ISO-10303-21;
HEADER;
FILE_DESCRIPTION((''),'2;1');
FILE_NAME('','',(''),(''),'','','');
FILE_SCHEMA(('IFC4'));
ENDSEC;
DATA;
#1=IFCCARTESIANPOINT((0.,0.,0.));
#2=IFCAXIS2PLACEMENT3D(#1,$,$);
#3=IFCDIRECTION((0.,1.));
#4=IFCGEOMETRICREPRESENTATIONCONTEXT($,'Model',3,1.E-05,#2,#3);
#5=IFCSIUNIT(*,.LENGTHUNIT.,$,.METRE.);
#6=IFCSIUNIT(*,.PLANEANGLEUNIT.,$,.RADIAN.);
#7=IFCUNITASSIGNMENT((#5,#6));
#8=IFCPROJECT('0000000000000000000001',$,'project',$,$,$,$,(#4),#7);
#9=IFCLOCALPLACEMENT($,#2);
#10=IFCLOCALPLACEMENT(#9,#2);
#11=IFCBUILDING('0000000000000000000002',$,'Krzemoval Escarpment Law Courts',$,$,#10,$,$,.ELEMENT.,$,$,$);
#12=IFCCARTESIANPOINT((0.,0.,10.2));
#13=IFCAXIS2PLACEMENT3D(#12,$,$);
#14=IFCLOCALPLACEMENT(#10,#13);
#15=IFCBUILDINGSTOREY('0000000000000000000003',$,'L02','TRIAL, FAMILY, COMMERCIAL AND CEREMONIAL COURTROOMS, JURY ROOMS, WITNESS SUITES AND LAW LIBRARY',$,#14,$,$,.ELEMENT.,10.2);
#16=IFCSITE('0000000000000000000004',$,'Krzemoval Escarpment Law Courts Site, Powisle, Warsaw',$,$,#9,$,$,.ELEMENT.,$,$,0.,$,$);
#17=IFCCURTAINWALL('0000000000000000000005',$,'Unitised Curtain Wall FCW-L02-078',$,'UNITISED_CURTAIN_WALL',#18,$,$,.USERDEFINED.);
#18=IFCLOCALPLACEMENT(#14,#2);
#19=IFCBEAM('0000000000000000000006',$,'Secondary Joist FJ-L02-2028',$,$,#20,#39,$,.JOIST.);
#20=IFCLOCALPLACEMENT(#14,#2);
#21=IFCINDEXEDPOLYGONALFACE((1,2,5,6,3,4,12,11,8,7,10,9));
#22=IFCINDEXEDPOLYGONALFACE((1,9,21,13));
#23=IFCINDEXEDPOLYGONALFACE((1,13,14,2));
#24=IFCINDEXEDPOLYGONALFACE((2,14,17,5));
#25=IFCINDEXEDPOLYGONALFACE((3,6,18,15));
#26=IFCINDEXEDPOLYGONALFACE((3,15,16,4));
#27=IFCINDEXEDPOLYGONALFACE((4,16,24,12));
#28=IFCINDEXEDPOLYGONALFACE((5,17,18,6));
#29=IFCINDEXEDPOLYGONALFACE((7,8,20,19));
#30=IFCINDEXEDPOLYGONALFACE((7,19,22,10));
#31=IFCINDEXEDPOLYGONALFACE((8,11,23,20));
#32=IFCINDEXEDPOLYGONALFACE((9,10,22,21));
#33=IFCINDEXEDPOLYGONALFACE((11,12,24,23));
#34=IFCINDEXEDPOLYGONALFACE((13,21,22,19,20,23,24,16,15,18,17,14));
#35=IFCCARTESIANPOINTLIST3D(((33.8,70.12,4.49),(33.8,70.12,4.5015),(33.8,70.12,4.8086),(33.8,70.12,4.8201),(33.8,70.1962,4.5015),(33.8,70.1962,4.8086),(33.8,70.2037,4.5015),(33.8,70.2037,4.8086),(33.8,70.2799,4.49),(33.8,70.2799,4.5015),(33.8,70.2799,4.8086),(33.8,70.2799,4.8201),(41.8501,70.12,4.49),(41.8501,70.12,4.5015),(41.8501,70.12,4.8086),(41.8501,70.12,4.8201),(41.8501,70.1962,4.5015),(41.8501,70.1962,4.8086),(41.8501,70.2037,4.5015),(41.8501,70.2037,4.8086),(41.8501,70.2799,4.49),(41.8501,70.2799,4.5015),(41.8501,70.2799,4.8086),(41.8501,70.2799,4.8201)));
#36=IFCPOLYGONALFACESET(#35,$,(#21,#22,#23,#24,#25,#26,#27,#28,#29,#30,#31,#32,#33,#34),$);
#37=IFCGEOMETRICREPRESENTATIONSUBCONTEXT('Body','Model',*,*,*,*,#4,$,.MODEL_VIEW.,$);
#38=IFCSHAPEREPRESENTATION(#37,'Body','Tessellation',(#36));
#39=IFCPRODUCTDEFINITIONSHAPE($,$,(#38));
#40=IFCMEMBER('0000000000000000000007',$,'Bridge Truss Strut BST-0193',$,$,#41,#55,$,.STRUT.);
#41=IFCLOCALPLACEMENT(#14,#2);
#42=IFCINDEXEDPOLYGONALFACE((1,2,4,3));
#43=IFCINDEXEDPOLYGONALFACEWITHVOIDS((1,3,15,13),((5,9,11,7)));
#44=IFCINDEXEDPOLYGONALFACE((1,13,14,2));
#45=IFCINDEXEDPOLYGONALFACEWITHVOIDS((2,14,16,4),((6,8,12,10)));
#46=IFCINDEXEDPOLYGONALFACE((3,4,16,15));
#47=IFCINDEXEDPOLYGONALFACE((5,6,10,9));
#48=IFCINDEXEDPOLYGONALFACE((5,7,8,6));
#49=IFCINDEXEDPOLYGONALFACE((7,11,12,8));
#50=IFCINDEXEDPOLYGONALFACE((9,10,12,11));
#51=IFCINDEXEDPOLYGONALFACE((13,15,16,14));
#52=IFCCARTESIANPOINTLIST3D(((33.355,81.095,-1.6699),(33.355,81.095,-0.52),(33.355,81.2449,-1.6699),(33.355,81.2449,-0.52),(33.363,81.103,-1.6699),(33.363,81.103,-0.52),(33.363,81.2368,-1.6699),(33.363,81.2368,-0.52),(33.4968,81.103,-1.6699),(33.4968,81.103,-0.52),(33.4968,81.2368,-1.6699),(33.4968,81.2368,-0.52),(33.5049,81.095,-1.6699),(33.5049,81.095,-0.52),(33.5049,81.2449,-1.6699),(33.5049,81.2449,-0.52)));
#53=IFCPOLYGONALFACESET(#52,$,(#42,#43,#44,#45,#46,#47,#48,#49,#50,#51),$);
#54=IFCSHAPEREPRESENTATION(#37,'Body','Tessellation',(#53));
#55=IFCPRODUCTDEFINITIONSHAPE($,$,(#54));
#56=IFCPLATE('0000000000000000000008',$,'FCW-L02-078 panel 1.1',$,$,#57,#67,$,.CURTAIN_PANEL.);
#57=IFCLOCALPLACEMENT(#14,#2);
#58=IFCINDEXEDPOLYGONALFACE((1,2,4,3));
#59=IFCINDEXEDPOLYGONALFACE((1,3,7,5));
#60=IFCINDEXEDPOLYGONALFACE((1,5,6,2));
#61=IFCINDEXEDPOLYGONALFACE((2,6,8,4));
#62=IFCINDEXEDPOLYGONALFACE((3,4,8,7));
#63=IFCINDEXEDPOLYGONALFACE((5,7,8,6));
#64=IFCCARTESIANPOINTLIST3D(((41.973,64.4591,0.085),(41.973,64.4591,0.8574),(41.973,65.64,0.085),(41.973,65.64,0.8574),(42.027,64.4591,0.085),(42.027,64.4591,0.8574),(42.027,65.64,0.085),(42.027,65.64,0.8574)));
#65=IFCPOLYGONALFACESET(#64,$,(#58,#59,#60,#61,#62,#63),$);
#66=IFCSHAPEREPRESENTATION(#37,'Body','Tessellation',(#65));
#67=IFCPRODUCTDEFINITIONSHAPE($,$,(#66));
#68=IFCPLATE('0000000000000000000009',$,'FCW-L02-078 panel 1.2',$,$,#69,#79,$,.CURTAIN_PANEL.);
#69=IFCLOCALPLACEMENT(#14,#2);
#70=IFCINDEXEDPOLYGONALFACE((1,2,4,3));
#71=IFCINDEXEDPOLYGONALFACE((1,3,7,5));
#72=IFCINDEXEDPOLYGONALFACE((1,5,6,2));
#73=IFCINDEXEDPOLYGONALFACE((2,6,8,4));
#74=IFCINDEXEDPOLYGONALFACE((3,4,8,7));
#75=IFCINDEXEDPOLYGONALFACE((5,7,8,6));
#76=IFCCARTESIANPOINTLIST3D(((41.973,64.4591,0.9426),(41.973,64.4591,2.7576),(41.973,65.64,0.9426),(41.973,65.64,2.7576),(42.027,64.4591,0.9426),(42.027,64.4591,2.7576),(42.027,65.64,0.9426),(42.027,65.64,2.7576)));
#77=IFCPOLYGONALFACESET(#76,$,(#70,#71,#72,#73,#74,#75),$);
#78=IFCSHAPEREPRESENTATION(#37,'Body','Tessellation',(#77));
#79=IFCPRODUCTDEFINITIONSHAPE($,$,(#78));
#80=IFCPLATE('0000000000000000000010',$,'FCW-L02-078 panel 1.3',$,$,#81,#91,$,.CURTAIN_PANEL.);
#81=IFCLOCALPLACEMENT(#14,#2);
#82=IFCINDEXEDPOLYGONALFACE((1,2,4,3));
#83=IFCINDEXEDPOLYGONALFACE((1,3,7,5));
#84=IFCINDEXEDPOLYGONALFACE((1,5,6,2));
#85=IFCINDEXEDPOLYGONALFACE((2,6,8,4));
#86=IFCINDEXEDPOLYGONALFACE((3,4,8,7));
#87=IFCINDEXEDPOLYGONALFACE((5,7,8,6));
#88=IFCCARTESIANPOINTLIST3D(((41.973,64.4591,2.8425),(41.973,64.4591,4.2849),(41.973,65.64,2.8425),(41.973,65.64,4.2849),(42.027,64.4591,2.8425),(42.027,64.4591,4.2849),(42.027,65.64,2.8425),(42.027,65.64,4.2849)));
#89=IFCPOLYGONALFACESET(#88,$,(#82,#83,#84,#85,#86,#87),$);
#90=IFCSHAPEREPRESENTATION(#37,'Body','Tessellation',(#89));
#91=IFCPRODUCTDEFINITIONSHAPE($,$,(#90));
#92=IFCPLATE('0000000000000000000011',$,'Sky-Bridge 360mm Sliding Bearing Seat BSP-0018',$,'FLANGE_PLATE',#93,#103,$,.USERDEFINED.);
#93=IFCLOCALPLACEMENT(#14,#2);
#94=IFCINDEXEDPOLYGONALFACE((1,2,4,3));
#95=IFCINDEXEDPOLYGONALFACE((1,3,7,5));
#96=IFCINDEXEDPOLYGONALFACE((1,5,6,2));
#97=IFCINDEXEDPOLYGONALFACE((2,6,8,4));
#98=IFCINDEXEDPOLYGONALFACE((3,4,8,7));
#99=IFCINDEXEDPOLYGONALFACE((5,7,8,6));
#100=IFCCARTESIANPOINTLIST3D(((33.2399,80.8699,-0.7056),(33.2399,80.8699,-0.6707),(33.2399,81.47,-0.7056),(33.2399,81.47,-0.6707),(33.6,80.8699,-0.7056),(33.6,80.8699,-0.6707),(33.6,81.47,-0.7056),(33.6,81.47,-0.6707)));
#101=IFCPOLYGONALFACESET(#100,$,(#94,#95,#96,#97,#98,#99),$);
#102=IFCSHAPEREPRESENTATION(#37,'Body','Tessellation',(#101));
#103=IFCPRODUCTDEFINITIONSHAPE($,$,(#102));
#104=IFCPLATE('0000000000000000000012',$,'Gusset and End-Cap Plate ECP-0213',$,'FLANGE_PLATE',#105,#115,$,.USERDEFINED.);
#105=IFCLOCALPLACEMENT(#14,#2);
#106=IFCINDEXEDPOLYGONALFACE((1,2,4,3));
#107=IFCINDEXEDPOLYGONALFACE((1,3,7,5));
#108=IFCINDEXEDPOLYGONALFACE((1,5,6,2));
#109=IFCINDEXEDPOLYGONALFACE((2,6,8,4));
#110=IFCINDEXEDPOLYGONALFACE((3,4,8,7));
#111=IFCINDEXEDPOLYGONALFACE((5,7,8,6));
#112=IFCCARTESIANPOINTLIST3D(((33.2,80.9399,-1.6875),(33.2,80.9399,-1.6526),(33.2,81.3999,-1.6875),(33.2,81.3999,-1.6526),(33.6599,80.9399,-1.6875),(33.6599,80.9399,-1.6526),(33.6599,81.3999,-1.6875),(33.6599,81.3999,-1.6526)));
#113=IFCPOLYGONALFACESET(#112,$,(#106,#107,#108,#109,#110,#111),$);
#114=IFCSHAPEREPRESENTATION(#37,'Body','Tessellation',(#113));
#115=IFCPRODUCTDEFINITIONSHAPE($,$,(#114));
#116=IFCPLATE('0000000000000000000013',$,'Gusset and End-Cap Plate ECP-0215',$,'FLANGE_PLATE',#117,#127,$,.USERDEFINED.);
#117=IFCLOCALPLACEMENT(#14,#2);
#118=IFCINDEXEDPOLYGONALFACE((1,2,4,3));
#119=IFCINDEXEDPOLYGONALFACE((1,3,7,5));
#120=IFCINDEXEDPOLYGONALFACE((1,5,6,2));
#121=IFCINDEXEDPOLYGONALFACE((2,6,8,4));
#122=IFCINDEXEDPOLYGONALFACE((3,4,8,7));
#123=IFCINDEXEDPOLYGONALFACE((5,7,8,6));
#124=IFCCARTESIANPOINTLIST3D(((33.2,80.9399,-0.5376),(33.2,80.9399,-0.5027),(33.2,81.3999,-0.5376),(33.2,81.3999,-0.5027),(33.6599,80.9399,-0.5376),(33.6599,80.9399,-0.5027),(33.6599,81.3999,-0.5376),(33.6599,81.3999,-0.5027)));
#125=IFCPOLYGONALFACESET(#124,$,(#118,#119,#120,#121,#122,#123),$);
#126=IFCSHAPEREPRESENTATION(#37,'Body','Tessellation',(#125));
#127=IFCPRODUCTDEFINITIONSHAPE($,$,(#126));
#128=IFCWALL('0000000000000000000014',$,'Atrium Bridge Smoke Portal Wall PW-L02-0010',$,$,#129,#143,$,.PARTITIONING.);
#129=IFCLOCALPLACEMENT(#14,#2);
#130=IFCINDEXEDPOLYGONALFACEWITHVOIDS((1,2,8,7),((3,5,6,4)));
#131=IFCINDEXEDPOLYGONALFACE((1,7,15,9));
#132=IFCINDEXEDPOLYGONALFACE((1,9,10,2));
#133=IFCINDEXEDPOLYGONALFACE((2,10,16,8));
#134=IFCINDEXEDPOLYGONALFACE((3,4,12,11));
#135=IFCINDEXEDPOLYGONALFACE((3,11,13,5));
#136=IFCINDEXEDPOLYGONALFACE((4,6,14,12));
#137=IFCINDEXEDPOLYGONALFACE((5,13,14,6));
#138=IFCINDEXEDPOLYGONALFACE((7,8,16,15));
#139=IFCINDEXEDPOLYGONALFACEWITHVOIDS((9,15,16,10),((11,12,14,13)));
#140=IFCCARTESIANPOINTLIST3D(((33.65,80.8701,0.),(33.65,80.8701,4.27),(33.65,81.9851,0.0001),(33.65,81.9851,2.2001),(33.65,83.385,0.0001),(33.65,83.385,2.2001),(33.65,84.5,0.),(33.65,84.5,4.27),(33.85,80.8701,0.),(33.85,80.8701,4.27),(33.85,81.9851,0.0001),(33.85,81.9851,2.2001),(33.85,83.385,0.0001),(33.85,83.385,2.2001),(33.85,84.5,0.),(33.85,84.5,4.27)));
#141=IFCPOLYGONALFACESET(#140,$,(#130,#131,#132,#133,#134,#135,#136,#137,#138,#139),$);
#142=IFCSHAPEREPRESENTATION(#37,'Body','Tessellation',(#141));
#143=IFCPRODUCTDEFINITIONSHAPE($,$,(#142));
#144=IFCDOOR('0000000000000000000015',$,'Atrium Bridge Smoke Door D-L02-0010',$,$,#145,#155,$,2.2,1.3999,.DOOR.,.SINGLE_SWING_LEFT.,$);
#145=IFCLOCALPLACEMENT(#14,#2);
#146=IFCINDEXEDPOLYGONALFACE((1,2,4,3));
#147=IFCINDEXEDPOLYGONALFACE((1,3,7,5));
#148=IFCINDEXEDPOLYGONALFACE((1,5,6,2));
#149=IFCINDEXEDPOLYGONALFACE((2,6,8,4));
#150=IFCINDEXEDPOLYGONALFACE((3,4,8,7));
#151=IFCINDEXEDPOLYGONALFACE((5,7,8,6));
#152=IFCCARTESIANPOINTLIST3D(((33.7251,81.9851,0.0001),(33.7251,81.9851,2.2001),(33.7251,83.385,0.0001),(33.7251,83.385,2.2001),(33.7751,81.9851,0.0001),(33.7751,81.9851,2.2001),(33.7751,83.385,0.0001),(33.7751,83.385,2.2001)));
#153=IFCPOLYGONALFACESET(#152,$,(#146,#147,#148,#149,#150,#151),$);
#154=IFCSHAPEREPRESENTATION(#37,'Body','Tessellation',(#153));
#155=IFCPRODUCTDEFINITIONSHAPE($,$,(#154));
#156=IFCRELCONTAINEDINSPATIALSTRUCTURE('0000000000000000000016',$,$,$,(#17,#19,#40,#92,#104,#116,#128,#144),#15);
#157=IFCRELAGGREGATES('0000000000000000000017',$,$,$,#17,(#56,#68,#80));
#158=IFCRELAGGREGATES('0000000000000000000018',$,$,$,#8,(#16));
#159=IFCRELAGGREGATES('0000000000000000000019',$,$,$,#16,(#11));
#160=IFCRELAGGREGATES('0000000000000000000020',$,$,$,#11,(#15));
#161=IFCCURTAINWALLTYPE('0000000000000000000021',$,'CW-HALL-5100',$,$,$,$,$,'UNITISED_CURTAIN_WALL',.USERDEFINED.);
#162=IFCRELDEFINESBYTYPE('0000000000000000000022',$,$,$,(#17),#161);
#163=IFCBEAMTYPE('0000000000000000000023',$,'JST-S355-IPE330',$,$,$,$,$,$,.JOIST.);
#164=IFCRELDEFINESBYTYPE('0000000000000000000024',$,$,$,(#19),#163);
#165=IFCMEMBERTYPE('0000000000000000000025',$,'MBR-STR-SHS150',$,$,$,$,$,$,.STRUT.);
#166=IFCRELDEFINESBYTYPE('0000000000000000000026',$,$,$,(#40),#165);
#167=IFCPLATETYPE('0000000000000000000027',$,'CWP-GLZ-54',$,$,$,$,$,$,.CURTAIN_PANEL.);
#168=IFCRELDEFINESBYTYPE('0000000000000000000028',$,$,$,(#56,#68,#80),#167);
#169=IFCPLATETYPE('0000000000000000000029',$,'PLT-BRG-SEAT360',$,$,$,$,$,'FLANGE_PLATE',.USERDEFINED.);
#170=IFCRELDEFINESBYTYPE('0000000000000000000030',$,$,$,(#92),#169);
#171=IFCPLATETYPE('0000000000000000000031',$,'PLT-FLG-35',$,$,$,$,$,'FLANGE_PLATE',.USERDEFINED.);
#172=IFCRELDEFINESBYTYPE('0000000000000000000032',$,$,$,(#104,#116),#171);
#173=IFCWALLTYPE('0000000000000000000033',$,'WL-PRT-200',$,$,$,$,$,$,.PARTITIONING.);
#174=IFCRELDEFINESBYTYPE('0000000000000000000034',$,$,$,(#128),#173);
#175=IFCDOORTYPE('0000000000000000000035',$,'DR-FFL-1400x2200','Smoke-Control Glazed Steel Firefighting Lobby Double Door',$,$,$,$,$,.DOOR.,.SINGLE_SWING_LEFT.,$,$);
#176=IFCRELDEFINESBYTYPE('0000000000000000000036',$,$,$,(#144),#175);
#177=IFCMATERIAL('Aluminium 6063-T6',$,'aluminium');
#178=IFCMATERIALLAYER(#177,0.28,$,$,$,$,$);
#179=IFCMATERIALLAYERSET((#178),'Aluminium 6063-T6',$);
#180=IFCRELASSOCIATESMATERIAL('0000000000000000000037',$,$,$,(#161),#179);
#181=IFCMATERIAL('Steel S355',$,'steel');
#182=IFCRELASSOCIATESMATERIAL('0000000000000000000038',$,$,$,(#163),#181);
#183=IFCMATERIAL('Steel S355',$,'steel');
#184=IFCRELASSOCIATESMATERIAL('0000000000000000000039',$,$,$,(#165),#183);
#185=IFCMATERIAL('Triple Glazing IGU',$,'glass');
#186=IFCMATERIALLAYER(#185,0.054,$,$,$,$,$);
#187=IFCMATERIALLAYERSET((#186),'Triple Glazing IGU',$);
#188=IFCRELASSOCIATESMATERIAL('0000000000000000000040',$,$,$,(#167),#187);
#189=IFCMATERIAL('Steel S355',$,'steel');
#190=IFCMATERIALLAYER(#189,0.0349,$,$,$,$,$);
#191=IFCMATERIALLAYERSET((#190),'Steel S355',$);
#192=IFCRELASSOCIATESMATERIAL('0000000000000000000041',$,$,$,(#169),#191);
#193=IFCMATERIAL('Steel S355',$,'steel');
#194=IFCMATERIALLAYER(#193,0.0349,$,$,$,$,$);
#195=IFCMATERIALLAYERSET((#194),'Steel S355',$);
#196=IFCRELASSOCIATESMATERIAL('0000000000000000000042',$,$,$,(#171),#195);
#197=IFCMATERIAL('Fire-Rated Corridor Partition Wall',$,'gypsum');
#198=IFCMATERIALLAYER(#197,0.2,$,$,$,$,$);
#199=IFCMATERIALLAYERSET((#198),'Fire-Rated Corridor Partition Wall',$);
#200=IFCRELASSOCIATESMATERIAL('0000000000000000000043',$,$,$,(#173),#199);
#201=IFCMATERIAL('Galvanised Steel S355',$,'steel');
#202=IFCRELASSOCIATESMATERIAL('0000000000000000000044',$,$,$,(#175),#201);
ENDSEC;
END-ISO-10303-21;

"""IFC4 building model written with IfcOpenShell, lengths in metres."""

from ifc_helpers import new_model, si_unit, direction, frame, frame_2d, origin, origin_2d, place, context, subcontext, project, spatial, rectangle, hollow_rectangle, i_section, extrude, material, layer, layer_set, material_profile, profile_set, type_object, element, fill, aggregate, save


model = new_model("IFC4")

# Units and contexts
model_context = context("Model", 3, precision=1e-05, world=origin(), true_north=direction((0.0, 1.0)))
body_context = subcontext(model_context, "Body", "Model", "MODEL_VIEW")
ifc_project = project(units=[si_unit("LENGTHUNIT", "METRE"), si_unit("PLANEANGLEUNIT", "RADIAN")], contexts=[model_context])

# Site, building, storey
site_placement = place(None, origin())
site = spatial("IfcSite", under=ifc_project, at=site_placement, Name="Krzemoval Escarpment Law Courts Site, Powisle, Warsaw", CompositionType="ELEMENT", RefElevation=0.0)
building_placement = place(site_placement, origin())
building = spatial("IfcBuilding", under=site, at=building_placement, Name="Krzemoval Escarpment Law Courts", CompositionType="ELEMENT")
storey_placement = place(building_placement, frame((0.0, 0.0, 10.2)))
storey = spatial("IfcBuildingStorey", under=building, at=storey_placement, Name="L02", Description="TRIAL, FAMILY, COMMERCIAL AND CEREMONIAL COURTROOMS, JURY ROOMS, WITNESS SUITES AND LAW LIBRARY", CompositionType="ELEMENT", Elevation=10.2)

# Curtain wall
ifc_material_1 = material(Name="Aluminium 6063-T6", Category="aluminium")
ifc_layer_1 = layer(ifc_material_1, 0.28)
ifc_layer_set_1 = layer_set([ifc_layer_1], Name="Aluminium 6063-T6")
curtain_wall_type = type_object("IfcCurtainWallType", Name="CW-HALL-5100", ElementType="UNITISED_CURTAIN_WALL", PredefinedType="USERDEFINED", material=ifc_layer_set_1)
curtain_wall_placement = place(storey_placement, origin())
curtain_wall = element("IfcCurtainWall", 1, at=curtain_wall_placement, inside=storey, type_object=curtain_wall_type, Name="Unitised Curtain Wall FCW-L02-078", ObjectType="UNITISED_CURTAIN_WALL", PredefinedType="USERDEFINED")

# Beam
ifc_material_2 = material(Name="Steel S355", Category="steel")
ifc_material_profile_1 = material_profile(ifc_material_2, i_section(OverallWidth=0.1599, OverallDepth=0.3301, WebThickness=0.0076, FlangeThickness=0.0115, at=origin_2d()), Name="IPE 330")
ifc_profile_set_1 = profile_set([ifc_material_profile_1], Name="Steel S355")
beam_type_1 = type_object("IfcBeamType", Name="JST-S355-IPE330", PredefinedType="JOIST", material=ifc_profile_set_1)
beam_1_placement = place(storey_placement, frame((33.8, 70.2, 4.655), z_axis=(1.0, 0.0, 0.0), x_axis=(0.0, 1.0, 0.0)))
element("IfcBeam", 2, at=beam_1_placement, inside=storey, type_object=beam_type_1, Name="Secondary Joist FJ-L02-2028", PredefinedType="JOIST", context=body_context, shape_type="SweptSolid", body=[
    extrude(i_section(OverallWidth=0.1599, OverallDepth=0.3301, WebThickness=0.0076, FlangeThickness=0.0115, at=origin_2d()), origin(), (0.0, 0.0, 1.0), 8.05),
])

# Member
ifc_material_3 = material(Name="Steel S355", Category="steel")
ifc_material_profile_2 = material_profile(ifc_material_3, hollow_rectangle(XDim=0.1499, YDim=0.1499, WallThickness=0.0081, at=origin_2d()), Name="SHS 150x150x8")
ifc_profile_set_2 = profile_set([ifc_material_profile_2], Name="Steel S355")
member_type_1 = type_object("IfcMemberType", Name="MBR-STR-SHS150", PredefinedType="STRUT", material=ifc_profile_set_2)
member_1_placement = place(storey_placement, frame((33.4299, 81.1699, -1.6699), z_axis=(0.0, 0.0, 1.0), x_axis=(1.0, 0.0, 0.0)))
element("IfcMember", 3, at=member_1_placement, inside=storey, type_object=member_type_1, Name="Bridge Truss Strut BST-0193", PredefinedType="STRUT", context=body_context, shape_type="SweptSolid", body=[
    extrude(hollow_rectangle(XDim=0.1499, YDim=0.1499, WallThickness=0.0081, at=origin_2d()), origin(), (0.0, 0.0, 1.0), 1.1499),
])

# Plates
ifc_material_4 = material(Name="Triple Glazing IGU", Category="glass")
ifc_layer_2 = layer(ifc_material_4, 0.054)
ifc_layer_set_2 = layer_set([ifc_layer_2], Name="Triple Glazing IGU")
plate_type_1 = type_object("IfcPlateType", Name="CWP-GLZ-54", PredefinedType="CURTAIN_PANEL", material=ifc_layer_set_2)
plate_1_placement = place(storey_placement, frame((42.0, 65.0496, 0.085), z_axis=(0.0, 0.0, 1.0), x_axis=(0.0, -1.0, 0.0)))
plate_1 = element("IfcPlate", 4, at=plate_1_placement, type_object=plate_type_1, Name="FCW-L02-078 panel 1.1", PredefinedType="CURTAIN_PANEL", context=body_context, shape_type="SweptSolid", body=[
    extrude(rectangle(XDim=1.1809, YDim=0.054, at=origin_2d()), origin(), (0.0, 0.0, 1.0), 0.7725),
])
plate_2_placement = place(storey_placement, frame((42.0, 65.0496, 0.9426), z_axis=(0.0, 0.0, 1.0), x_axis=(0.0, -1.0, 0.0)))
plate_2 = element("IfcPlate", 5, at=plate_2_placement, type_object=plate_type_1, Name="FCW-L02-078 panel 1.2", PredefinedType="CURTAIN_PANEL", context=body_context, shape_type="SweptSolid", body=[
    extrude(rectangle(XDim=1.1809, YDim=0.054, at=origin_2d()), origin(), (0.0, 0.0, 1.0), 1.8149),
])
plate_3_placement = place(storey_placement, frame((42.0, 65.0496, 2.8425), z_axis=(0.0, 0.0, 1.0), x_axis=(0.0, -1.0, 0.0)))
plate_3 = element("IfcPlate", 6, at=plate_3_placement, type_object=plate_type_1, Name="FCW-L02-078 panel 1.3", PredefinedType="CURTAIN_PANEL", context=body_context, shape_type="SweptSolid", body=[
    extrude(rectangle(XDim=1.1809, YDim=0.054, at=origin_2d()), origin(), (0.0, 0.0, 1.0), 1.4424),
])
aggregate(curtain_wall, [plate_1, plate_2, plate_3])

# Plates
ifc_material_5 = material(Name="Steel S355", Category="steel")
ifc_layer_3 = layer(ifc_material_5, 0.0349)
ifc_layer_set_3 = layer_set([ifc_layer_3], Name="Steel S355")
plate_type_2 = type_object("IfcPlateType", Name="PLT-BRG-SEAT360", ElementType="FLANGE_PLATE", PredefinedType="USERDEFINED", material=ifc_layer_set_3)
plate_4_placement = place(storey_placement, frame((33.4199, 81.1699, -0.7056), z_axis=(0.0, 0.0, 1.0), x_axis=(1.0, 0.0, 0.0)))
element("IfcPlate", 7, at=plate_4_placement, inside=storey, type_object=plate_type_2, Name="Sky-Bridge 360mm Sliding Bearing Seat BSP-0018", ObjectType="FLANGE_PLATE", PredefinedType="USERDEFINED", context=body_context, shape_type="SweptSolid", body=[
    extrude(rectangle(XDim=0.3601, YDim=0.6001, at=origin_2d()), origin(), (0.0, 0.0, 1.0), 0.0349),
])
ifc_material_6 = material(Name="Steel S355", Category="steel")
ifc_layer_4 = layer(ifc_material_6, 0.0349)
ifc_layer_set_4 = layer_set([ifc_layer_4], Name="Steel S355")
plate_type_3 = type_object("IfcPlateType", Name="PLT-FLG-35", ElementType="FLANGE_PLATE", PredefinedType="USERDEFINED", material=ifc_layer_set_4)
for number, where, z_axis, x_axis, name in (
    (8, (33.4299, 81.1699, -1.6875), (0.0, 0.0, 1.0), (1.0, 0.0, 0.0), "Gusset and End-Cap Plate ECP-0213"),
    (9, (33.4299, 81.1699, -0.5376), (0.0, 0.0, 1.0), (1.0, 0.0, 0.0), "Gusset and End-Cap Plate ECP-0215"),
):
    element("IfcPlate", number, at=place(storey_placement, frame(where, z_axis=z_axis, x_axis=x_axis)), inside=storey, type_object=plate_type_3, Name=name, ObjectType="FLANGE_PLATE", PredefinedType="USERDEFINED", context=body_context, shape_type="SweptSolid", body=[
        extrude(rectangle(XDim=0.46, YDim=0.46, at=origin_2d()), origin(), (0.0, 0.0, 1.0), 0.0349),
    ])

# Wall, opening, door
ifc_material_7 = material(Name="Fire-Rated Corridor Partition Wall", Category="gypsum")
ifc_layer_5 = layer(ifc_material_7, 0.2)
ifc_layer_set_5 = layer_set([ifc_layer_5], Name="Fire-Rated Corridor Partition Wall")
wall_type = type_object("IfcWallType", Name="WL-PRT-200", PredefinedType="PARTITIONING", material=ifc_layer_set_5)
wall_placement = place(storey_placement, frame((33.75, 80.8701, 0.0), z_axis=(0.0, 0.0, 1.0), x_axis=(0.0, 1.0, 0.0)))
wall = element("IfcWall", 10, at=wall_placement, inside=storey, type_object=wall_type, Name="Atrium Bridge Smoke Portal Wall PW-L02-0010", PredefinedType="PARTITIONING", context=body_context, shape_type="SweptSolid", body=[
    extrude(rectangle(XDim=3.6299, YDim=0.2, at=frame_2d((1.8149, 0.0))), origin(), (0.0, 0.0, 1.0), 4.27),
])
opening_placement = place(wall_placement, frame((1.115, 0.0, 0.0)))
opening = element("IfcOpeningElement", 11, at=opening_placement, cuts=wall, PredefinedType="OPENING", context=body_context, shape_type="SweptSolid", body=[
    extrude(rectangle(XDim=1.3999, YDim=2.2, at=frame_2d((0.7, 1.1001))), frame((0.0, 0.115, 0.0), z_axis=(0.0, -1.0, 0.0), x_axis=(1.0, 0.0, 0.0)), (0.0, 0.0, 1.0), 0.2299),
])
ifc_material_8 = material(Name="Galvanised Steel S355", Category="steel")
door_type = type_object("IfcDoorType", Name="DR-FFL-1400x2200", Description="Smoke-Control Glazed Steel Firefighting Lobby Double Door", OperationType="SINGLE_SWING_LEFT", PredefinedType="DOOR", material=ifc_material_8)
door_placement = place(opening_placement, origin())
door = element("IfcDoor", 12, at=door_placement, inside=storey, type_object=door_type, Name="Atrium Bridge Smoke Door D-L02-0010", OperationType="SINGLE_SWING_LEFT", OverallHeight=2.2, OverallWidth=1.3999, PredefinedType="DOOR", context=body_context, shape_type="SweptSolid", body=[
    extrude(rectangle(XDim=1.3999, YDim=2.2, at=frame_2d((0.7, 1.1001))), frame((0.0, 0.0249, 0.0), z_axis=(0.0, -1.0, 0.0), x_axis=(1.0, 0.0, 0.0)), (0.0, 0.0, 1.0), 0.05),
])
fill(opening, door)

save(model, "model.ifc")
